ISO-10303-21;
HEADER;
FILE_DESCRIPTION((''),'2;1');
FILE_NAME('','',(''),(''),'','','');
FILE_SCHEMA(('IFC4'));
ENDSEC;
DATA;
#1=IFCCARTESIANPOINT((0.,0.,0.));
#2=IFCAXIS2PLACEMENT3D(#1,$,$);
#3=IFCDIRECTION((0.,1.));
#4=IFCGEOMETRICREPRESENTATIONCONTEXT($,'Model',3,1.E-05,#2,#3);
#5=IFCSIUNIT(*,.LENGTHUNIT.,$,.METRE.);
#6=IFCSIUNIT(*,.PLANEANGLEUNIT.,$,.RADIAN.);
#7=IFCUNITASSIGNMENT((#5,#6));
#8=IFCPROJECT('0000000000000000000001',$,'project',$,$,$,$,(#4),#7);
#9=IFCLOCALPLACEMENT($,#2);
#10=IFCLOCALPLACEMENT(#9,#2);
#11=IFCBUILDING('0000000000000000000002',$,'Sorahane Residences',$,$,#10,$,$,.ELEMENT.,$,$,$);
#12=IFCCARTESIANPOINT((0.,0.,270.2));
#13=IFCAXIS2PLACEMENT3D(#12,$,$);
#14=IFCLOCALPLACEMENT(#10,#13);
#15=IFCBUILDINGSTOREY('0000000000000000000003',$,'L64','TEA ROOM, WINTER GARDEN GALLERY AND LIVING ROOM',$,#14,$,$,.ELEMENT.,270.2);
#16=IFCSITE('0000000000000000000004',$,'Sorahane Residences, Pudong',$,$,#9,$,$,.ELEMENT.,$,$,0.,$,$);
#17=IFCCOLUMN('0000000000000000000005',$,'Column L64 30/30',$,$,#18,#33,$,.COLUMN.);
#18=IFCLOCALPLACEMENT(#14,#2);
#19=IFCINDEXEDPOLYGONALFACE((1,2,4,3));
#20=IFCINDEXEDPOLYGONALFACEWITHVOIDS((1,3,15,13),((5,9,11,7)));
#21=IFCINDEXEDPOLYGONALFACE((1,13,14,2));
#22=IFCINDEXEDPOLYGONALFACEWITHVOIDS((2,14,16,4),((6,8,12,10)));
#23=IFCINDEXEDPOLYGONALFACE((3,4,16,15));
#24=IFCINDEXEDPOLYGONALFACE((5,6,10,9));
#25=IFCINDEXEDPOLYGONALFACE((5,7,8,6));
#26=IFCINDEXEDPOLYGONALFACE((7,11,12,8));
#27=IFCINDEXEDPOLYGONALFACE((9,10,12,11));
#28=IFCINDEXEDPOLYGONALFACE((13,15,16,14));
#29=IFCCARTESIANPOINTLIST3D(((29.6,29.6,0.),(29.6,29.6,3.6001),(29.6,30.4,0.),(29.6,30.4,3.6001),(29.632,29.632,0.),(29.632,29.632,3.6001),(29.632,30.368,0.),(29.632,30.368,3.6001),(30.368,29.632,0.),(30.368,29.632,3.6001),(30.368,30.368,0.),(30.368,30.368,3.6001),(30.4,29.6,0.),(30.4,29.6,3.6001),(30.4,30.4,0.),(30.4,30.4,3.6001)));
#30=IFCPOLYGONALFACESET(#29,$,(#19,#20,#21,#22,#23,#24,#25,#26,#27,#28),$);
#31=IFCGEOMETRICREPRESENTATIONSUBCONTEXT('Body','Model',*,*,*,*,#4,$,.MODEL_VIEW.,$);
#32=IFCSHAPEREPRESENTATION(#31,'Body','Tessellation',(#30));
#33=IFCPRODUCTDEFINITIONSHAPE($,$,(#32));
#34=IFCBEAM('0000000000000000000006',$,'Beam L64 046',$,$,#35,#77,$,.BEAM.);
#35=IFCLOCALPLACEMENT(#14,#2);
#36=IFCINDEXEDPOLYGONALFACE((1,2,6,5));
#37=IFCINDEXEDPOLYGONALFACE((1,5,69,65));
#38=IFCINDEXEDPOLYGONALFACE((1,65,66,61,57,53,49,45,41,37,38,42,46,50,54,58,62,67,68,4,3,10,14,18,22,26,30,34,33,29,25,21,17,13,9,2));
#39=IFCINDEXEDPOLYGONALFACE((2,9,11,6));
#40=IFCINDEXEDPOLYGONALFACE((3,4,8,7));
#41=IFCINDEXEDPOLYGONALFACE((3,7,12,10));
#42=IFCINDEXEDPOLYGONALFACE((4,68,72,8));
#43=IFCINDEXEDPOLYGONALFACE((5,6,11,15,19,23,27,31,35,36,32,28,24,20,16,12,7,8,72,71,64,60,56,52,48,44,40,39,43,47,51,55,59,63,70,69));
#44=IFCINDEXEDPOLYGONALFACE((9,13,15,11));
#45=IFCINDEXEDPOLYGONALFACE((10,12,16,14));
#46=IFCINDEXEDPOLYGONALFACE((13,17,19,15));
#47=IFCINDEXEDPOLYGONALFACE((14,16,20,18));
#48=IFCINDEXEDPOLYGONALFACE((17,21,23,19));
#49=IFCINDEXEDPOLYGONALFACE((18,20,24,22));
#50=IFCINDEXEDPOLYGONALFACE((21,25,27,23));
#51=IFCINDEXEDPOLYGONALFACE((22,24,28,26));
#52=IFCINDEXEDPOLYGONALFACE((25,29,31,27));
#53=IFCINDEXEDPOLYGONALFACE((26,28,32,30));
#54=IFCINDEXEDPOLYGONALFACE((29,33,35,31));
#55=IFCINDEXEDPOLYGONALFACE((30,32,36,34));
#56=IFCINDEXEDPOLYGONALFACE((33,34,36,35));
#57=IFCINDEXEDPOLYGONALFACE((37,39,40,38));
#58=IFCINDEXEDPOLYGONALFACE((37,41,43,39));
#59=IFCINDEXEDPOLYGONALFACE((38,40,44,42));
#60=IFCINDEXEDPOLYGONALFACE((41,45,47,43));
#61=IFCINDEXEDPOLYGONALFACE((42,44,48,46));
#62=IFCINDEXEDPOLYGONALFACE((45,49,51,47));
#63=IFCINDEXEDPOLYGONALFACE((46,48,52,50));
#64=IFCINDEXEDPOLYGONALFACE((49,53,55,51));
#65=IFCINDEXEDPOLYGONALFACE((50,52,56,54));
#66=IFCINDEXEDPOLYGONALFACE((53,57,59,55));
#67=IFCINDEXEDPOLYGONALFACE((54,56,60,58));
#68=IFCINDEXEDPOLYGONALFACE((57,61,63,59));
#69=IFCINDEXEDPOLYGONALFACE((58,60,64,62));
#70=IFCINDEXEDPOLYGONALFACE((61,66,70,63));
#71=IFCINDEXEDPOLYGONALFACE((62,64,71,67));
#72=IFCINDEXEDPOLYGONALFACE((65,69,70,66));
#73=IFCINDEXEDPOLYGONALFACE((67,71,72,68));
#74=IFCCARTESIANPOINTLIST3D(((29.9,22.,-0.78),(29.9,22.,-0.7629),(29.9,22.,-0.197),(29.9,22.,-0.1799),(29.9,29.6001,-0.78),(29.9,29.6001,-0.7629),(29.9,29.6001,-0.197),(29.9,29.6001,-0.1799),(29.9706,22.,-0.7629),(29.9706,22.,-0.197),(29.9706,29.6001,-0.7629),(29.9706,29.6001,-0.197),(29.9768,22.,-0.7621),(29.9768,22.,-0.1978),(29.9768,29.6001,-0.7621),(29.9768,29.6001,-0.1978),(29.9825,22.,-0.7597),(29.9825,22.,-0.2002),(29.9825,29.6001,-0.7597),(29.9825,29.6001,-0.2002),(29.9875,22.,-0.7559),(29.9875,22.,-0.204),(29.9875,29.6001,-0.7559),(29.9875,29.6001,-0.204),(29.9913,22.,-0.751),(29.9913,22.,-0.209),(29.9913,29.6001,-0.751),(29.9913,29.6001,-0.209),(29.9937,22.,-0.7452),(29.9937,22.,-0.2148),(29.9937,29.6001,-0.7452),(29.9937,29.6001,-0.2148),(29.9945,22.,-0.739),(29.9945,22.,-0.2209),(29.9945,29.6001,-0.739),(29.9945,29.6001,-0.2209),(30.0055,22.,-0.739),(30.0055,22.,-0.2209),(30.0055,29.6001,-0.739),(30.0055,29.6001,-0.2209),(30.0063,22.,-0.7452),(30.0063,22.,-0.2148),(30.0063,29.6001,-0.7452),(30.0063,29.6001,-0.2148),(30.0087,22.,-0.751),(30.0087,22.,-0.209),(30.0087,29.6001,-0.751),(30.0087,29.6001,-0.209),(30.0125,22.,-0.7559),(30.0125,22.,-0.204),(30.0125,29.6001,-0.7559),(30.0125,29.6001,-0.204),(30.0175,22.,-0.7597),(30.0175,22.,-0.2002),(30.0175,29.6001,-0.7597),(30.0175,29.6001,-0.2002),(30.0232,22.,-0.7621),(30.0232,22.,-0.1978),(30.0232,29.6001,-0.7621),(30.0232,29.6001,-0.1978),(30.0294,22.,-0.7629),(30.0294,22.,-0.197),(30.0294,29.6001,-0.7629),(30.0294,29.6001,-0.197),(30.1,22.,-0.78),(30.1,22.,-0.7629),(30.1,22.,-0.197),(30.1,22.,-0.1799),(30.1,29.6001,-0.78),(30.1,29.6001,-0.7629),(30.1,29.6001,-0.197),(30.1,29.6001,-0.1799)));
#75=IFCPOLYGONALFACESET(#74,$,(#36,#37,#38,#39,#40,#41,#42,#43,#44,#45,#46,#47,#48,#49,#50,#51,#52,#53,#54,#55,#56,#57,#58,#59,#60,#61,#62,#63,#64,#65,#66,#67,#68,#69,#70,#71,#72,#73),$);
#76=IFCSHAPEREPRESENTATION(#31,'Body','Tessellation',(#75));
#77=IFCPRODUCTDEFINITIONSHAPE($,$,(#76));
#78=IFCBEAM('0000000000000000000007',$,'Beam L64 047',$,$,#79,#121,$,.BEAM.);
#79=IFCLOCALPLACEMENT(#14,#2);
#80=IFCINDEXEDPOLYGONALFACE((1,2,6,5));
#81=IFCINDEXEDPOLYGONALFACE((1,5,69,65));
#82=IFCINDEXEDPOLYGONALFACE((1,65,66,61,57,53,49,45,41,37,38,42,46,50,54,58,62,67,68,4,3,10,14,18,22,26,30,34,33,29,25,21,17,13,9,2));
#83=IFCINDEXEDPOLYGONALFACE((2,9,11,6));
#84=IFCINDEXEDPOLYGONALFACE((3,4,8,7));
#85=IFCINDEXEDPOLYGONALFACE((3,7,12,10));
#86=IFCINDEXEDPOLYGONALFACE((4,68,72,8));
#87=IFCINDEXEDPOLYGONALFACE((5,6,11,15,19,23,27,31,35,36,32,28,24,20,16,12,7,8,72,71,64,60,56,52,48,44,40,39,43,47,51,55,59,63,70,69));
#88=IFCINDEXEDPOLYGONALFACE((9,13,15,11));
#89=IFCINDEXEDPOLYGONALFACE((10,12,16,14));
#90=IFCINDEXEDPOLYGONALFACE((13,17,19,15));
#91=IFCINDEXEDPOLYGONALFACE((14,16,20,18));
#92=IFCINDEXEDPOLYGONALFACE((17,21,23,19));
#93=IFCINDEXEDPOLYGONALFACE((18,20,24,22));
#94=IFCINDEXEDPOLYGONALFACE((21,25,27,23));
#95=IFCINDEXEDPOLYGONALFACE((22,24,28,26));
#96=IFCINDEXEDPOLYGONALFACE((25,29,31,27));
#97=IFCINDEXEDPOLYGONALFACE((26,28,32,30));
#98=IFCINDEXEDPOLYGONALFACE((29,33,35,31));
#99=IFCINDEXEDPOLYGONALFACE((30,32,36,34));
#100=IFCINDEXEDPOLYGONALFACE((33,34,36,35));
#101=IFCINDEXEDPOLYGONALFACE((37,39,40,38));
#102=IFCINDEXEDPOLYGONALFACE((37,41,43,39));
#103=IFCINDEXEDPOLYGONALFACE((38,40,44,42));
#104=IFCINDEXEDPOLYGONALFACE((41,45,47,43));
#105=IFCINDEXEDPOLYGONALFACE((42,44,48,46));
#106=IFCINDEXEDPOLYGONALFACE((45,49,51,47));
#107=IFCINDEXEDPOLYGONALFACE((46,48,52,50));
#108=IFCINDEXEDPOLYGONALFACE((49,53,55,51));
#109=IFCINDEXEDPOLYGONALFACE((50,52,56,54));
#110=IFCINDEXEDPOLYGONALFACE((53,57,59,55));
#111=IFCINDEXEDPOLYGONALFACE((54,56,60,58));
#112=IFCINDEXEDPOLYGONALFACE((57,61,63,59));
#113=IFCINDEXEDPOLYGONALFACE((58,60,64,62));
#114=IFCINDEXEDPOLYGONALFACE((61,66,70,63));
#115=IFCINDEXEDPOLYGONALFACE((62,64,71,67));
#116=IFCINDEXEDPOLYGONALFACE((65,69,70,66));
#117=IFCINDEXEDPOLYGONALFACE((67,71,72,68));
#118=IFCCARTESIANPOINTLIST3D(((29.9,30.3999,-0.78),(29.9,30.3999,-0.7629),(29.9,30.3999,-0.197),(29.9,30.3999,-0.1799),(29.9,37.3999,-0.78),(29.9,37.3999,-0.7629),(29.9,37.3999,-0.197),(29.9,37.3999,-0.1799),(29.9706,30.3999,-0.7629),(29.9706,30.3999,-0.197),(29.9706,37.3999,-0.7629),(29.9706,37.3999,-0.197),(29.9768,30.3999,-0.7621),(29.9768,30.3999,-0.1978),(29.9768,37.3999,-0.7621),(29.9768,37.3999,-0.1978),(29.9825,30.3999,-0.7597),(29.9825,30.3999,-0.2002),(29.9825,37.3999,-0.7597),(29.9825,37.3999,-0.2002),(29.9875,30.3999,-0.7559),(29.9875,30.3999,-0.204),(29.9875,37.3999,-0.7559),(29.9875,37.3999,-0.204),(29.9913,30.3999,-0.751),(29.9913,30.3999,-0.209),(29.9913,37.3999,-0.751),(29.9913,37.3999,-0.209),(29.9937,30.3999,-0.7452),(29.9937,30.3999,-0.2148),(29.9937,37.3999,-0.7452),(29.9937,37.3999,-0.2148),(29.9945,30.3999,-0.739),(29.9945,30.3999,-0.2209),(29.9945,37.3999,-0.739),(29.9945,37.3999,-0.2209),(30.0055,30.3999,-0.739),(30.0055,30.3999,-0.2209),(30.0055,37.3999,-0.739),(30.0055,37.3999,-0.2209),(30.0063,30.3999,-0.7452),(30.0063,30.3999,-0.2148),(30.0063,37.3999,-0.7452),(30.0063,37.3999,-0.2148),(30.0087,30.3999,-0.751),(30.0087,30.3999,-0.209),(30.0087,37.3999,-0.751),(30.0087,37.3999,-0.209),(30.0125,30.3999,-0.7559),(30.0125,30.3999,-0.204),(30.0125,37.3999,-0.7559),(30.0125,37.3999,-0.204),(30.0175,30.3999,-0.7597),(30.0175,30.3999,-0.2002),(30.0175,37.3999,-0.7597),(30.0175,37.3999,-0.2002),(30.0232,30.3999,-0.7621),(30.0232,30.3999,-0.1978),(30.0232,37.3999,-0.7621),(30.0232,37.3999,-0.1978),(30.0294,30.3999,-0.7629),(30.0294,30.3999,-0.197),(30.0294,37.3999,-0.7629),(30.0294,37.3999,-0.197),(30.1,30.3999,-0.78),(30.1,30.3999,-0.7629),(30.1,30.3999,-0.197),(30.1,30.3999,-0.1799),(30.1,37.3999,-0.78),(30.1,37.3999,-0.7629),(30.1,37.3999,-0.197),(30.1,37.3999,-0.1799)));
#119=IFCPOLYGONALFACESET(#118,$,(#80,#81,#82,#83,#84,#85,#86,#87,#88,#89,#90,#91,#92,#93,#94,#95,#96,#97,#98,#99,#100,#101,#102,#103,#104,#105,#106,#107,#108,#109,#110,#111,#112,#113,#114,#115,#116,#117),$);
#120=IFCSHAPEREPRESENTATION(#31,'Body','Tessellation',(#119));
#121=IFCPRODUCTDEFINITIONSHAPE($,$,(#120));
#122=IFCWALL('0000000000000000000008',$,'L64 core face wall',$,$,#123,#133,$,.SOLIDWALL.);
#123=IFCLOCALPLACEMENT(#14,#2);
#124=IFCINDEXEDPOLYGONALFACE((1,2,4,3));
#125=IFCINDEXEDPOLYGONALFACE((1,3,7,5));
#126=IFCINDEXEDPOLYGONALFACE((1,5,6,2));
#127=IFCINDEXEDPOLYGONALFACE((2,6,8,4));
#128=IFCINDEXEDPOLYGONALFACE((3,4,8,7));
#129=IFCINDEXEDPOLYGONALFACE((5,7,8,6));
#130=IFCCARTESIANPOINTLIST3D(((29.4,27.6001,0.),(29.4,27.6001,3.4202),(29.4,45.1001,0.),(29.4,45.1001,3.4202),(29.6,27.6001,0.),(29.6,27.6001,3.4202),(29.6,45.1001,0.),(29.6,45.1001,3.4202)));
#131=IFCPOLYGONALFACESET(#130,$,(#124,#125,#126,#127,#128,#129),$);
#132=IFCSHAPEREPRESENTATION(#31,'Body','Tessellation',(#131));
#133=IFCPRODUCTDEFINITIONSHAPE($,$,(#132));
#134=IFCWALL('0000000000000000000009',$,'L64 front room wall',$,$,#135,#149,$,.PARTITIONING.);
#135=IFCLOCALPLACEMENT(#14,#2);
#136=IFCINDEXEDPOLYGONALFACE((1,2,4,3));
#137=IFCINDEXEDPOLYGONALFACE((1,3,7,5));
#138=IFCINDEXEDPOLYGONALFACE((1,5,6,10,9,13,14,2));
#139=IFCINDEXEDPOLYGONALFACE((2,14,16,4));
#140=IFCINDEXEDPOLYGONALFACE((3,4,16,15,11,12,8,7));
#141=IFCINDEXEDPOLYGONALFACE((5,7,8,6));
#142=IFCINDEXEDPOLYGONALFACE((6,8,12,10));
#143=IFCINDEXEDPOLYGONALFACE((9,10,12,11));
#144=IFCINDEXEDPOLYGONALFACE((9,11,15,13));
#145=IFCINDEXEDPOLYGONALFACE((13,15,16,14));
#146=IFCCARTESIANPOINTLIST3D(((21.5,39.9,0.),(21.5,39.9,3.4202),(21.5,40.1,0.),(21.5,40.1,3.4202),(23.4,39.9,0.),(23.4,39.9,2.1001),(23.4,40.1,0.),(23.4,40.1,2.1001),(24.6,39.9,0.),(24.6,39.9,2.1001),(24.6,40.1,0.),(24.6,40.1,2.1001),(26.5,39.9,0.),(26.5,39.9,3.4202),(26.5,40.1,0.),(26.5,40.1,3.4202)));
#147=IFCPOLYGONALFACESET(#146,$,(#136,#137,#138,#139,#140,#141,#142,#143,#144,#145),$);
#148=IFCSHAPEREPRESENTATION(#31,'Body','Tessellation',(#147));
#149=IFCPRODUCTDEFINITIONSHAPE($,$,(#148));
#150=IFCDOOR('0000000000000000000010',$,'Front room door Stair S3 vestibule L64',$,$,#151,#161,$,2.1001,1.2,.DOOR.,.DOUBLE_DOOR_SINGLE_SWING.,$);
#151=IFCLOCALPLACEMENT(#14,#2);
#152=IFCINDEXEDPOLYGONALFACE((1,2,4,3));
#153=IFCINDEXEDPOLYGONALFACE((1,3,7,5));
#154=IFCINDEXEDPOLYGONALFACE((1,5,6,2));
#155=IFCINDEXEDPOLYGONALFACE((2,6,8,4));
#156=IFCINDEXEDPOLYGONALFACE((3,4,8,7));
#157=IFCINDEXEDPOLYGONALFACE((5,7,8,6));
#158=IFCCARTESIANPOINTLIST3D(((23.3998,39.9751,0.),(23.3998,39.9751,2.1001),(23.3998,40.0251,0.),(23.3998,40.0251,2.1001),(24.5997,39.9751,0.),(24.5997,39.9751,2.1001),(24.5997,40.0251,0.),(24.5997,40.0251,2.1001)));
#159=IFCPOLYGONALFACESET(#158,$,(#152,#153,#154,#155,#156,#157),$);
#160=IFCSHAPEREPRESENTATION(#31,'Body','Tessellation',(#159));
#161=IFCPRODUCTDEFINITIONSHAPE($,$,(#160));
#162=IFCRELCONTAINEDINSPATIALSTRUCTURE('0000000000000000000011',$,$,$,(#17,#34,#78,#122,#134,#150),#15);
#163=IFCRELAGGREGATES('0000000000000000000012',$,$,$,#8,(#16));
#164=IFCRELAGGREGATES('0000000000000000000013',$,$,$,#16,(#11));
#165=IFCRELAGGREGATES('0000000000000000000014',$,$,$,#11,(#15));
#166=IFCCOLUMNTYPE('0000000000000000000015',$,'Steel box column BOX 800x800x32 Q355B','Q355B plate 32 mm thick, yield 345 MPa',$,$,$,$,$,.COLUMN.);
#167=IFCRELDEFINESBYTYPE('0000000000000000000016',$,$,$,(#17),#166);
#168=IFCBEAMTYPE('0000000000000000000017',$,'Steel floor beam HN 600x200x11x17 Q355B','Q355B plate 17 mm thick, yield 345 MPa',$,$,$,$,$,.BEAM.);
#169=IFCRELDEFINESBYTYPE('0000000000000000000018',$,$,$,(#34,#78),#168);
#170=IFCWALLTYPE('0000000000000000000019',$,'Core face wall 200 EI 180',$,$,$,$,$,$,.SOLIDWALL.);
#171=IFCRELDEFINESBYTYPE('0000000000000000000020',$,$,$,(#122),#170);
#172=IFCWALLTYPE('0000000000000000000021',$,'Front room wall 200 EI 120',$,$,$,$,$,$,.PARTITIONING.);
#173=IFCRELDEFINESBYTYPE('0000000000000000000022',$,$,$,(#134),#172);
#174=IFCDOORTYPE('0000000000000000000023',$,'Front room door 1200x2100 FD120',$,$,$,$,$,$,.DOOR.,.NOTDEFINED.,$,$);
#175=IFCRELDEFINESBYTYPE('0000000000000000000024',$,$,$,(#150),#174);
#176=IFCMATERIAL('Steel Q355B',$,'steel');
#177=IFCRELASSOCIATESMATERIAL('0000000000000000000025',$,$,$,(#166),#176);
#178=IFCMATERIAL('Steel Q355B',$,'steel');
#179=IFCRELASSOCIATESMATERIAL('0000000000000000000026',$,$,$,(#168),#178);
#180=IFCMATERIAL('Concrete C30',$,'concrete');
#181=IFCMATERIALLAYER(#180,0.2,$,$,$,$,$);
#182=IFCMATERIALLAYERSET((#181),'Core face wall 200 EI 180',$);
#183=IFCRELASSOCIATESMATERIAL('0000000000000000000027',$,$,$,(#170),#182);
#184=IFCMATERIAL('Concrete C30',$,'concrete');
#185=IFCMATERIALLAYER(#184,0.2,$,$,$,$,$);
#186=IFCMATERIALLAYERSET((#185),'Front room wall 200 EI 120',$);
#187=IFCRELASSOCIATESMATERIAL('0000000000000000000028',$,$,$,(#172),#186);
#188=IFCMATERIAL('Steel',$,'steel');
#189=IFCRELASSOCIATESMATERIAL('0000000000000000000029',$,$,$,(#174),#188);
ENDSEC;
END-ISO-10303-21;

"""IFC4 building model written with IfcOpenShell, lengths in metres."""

from ifc_helpers import new_model, si_unit, direction, frame, frame_2d, origin, origin_2d, place, context, subcontext, project, spatial, rectangle, hollow_rectangle, i_section, extrude, material, layer, layer_set, material_profile, profile_set, type_object, element, fill, save


model = new_model("IFC4")

# Units and contexts
model_context = context("Model", 3, precision=1e-05, world=origin(), true_north=direction((0.0, 1.0)))
body_context = subcontext(model_context, "Body", "Model", "MODEL_VIEW")
ifc_project = project(units=[si_unit("LENGTHUNIT", "METRE"), si_unit("PLANEANGLEUNIT", "RADIAN")], contexts=[model_context])

# Site, building, storey
site_placement = place(None, origin())
site = spatial("IfcSite", under=ifc_project, at=site_placement, Name="Sorahane Residences, Pudong", CompositionType="ELEMENT", RefElevation=0.0)
building_placement = place(site_placement, origin())
building = spatial("IfcBuilding", under=site, at=building_placement, Name="Sorahane Residences", CompositionType="ELEMENT")
storey_placement = place(building_placement, frame((0.0, 0.0, 270.2)))
storey = spatial("IfcBuildingStorey", under=building, at=storey_placement, Name="L64", Description="TEA ROOM, WINTER GARDEN GALLERY AND LIVING ROOM", CompositionType="ELEMENT", Elevation=270.2)

# Column
ifc_material_1 = material(Name="Steel Q355B", Category="steel")
ifc_material_profile_1 = material_profile(ifc_material_1, hollow_rectangle(XDim=0.8, YDim=0.8, WallThickness=0.032, at=origin_2d()), Name="BOX 800x800x32")
ifc_profile_set_1 = profile_set([ifc_material_profile_1], Name="Steel Q355B")
column_type = type_object("IfcColumnType", Name="Steel box column BOX 800x800x32 Q355B", Description="Q355B plate 32 mm thick, yield 345 MPa", PredefinedType="COLUMN", material=ifc_profile_set_1)
column_placement = place(storey_placement, frame((30.0, 30.0, 0.0), z_axis=(0.0, 0.0, 1.0), x_axis=(1.0, 0.0, 0.0)))
element("IfcColumn", 1, at=column_placement, inside=storey, type_object=column_type, Name="Column L64 30/30", PredefinedType="COLUMN", context=body_context, shape_type="SweptSolid", body=[
    extrude(hollow_rectangle(XDim=0.8, YDim=0.8, WallThickness=0.032, at=origin_2d()), origin(), (0.0, 0.0, 1.0), 3.6001),
])

# Beams
ifc_material_2 = material(Name="Steel Q355B", Category="steel")
ifc_material_profile_2 = material_profile(ifc_material_2, i_section(OverallWidth=0.2, OverallDepth=0.6001, WebThickness=0.011, FlangeThickness=0.0171, FilletRadius=0.0239, at=origin_2d()), Name="HN 600x200x11x17")
ifc_profile_set_2 = profile_set([ifc_material_profile_2], Name="Steel Q355B")
beam_type = type_object("IfcBeamType", Name="Steel floor beam HN 600x200x11x17 Q355B", Description="Q355B plate 17 mm thick, yield 345 MPa", PredefinedType="BEAM", material=ifc_profile_set_2)
beam_1_placement = place(storey_placement, frame((30.0, 22.0, -0.48), z_axis=(0.0, 1.0, 0.0), x_axis=(-1.0, 0.0, 0.0)))
element("IfcBeam", 2, at=beam_1_placement, inside=storey, type_object=beam_type, Name="Beam L64 046", PredefinedType="BEAM", context=body_context, shape_type="SweptSolid", body=[
    extrude(i_section(OverallWidth=0.2, OverallDepth=0.6001, WebThickness=0.011, FlangeThickness=0.0171, FilletRadius=0.0239, at=origin_2d()), origin(), (0.0, 0.0, 1.0), 7.6001),
])
beam_2_placement = place(storey_placement, frame((30.0, 30.3999, -0.48), z_axis=(0.0, 1.0, 0.0), x_axis=(-1.0, 0.0, 0.0)))
element("IfcBeam", 3, at=beam_2_placement, inside=storey, type_object=beam_type, Name="Beam L64 047", PredefinedType="BEAM", context=body_context, shape_type="SweptSolid", body=[
    extrude(i_section(OverallWidth=0.2, OverallDepth=0.6001, WebThickness=0.011, FlangeThickness=0.0171, FilletRadius=0.0239, at=origin_2d()), origin(), (0.0, 0.0, 1.0), 7.0),
])

# Wall
ifc_material_3 = material(Name="Concrete C30", Category="concrete")
ifc_layer_1 = layer(ifc_material_3, 0.2)
ifc_layer_set_1 = layer_set([ifc_layer_1], Name="Core face wall 200 EI 180")
wall_type_1 = type_object("IfcWallType", Name="Core face wall 200 EI 180", PredefinedType="SOLIDWALL", material=ifc_layer_set_1)
wall_1_placement = place(storey_placement, frame((29.5, 27.6001, 0.0), z_axis=(0.0, 0.0, 1.0), x_axis=(0.0, 1.0, 0.0)))
element("IfcWall", 4, at=wall_1_placement, inside=storey, type_object=wall_type_1, Name="L64 core face wall", PredefinedType="SOLIDWALL", context=body_context, shape_type="SweptSolid", body=[
    extrude(rectangle(XDim=17.5, YDim=0.2, at=frame_2d((8.75, 0.0))), origin(), (0.0, 0.0, 1.0), 3.4202),
])

# Wall, opening, door
ifc_material_4 = material(Name="Concrete C30", Category="concrete")
ifc_layer_2 = layer(ifc_material_4, 0.2)
ifc_layer_set_2 = layer_set([ifc_layer_2], Name="Front room wall 200 EI 120")
wall_type_2 = type_object("IfcWallType", Name="Front room wall 200 EI 120", PredefinedType="PARTITIONING", material=ifc_layer_set_2)
wall_2_placement = place(storey_placement, frame((21.5, 40.0, 0.0), z_axis=(0.0, 0.0, 1.0), x_axis=(1.0, 0.0, 0.0)))
wall_2 = element("IfcWall", 5, at=wall_2_placement, inside=storey, type_object=wall_type_2, Name="L64 front room wall", PredefinedType="PARTITIONING", context=body_context, shape_type="SweptSolid", body=[
    extrude(rectangle(XDim=5.0, YDim=0.2, at=frame_2d((2.5, 0.0))), origin(), (0.0, 0.0, 1.0), 3.4202),
])
opening_1_placement = place(wall_2_placement, frame((1.8999, 0.0, 0.0)))
opening_1 = element("IfcOpeningElement", 6, at=opening_1_placement, cuts=wall_2, PredefinedType="OPENING", context=body_context, shape_type="SweptSolid", body=[
    extrude(rectangle(XDim=1.2, YDim=2.1001, at=frame_2d((0.6001, 1.05))), frame((0.0, 0.1099, 0.0), z_axis=(0.0, -1.0, 0.0), x_axis=(1.0, 0.0, 0.0)), (0.0, 0.0, 1.0), 0.22),
])
ifc_material_5 = material(Name="Steel", Category="steel")
door_type_1 = type_object("IfcDoorType", Name="Front room door 1200x2100 FD120", OperationType="NOTDEFINED", PredefinedType="DOOR", material=ifc_material_5)
door_1_placement = place(opening_1_placement, frame((1.2, 0.0, 0.0), z_axis=(0.0, 0.0, 1.0), x_axis=(-1.0, 0.0, 0.0)))
door_1 = element("IfcDoor", 7, at=door_1_placement, inside=storey, type_object=door_type_1, Name="Front room door Stair S3 vestibule L64", OperationType="DOUBLE_DOOR_SINGLE_SWING", OverallHeight=2.1001, OverallWidth=1.2, PredefinedType="DOOR", context=body_context, shape_type="SweptSolid", body=[
    extrude(rectangle(XDim=1.2, YDim=2.1001, at=frame_2d((0.6001, 1.05))), frame((0.0, 0.0249, 0.0), z_axis=(0.0, -1.0, 0.0), x_axis=(1.0, 0.0, 0.0)), (0.0, 0.0, 1.0), 0.05),
])
fill(opening_1, door_1)

save(model, "model.ifc")
